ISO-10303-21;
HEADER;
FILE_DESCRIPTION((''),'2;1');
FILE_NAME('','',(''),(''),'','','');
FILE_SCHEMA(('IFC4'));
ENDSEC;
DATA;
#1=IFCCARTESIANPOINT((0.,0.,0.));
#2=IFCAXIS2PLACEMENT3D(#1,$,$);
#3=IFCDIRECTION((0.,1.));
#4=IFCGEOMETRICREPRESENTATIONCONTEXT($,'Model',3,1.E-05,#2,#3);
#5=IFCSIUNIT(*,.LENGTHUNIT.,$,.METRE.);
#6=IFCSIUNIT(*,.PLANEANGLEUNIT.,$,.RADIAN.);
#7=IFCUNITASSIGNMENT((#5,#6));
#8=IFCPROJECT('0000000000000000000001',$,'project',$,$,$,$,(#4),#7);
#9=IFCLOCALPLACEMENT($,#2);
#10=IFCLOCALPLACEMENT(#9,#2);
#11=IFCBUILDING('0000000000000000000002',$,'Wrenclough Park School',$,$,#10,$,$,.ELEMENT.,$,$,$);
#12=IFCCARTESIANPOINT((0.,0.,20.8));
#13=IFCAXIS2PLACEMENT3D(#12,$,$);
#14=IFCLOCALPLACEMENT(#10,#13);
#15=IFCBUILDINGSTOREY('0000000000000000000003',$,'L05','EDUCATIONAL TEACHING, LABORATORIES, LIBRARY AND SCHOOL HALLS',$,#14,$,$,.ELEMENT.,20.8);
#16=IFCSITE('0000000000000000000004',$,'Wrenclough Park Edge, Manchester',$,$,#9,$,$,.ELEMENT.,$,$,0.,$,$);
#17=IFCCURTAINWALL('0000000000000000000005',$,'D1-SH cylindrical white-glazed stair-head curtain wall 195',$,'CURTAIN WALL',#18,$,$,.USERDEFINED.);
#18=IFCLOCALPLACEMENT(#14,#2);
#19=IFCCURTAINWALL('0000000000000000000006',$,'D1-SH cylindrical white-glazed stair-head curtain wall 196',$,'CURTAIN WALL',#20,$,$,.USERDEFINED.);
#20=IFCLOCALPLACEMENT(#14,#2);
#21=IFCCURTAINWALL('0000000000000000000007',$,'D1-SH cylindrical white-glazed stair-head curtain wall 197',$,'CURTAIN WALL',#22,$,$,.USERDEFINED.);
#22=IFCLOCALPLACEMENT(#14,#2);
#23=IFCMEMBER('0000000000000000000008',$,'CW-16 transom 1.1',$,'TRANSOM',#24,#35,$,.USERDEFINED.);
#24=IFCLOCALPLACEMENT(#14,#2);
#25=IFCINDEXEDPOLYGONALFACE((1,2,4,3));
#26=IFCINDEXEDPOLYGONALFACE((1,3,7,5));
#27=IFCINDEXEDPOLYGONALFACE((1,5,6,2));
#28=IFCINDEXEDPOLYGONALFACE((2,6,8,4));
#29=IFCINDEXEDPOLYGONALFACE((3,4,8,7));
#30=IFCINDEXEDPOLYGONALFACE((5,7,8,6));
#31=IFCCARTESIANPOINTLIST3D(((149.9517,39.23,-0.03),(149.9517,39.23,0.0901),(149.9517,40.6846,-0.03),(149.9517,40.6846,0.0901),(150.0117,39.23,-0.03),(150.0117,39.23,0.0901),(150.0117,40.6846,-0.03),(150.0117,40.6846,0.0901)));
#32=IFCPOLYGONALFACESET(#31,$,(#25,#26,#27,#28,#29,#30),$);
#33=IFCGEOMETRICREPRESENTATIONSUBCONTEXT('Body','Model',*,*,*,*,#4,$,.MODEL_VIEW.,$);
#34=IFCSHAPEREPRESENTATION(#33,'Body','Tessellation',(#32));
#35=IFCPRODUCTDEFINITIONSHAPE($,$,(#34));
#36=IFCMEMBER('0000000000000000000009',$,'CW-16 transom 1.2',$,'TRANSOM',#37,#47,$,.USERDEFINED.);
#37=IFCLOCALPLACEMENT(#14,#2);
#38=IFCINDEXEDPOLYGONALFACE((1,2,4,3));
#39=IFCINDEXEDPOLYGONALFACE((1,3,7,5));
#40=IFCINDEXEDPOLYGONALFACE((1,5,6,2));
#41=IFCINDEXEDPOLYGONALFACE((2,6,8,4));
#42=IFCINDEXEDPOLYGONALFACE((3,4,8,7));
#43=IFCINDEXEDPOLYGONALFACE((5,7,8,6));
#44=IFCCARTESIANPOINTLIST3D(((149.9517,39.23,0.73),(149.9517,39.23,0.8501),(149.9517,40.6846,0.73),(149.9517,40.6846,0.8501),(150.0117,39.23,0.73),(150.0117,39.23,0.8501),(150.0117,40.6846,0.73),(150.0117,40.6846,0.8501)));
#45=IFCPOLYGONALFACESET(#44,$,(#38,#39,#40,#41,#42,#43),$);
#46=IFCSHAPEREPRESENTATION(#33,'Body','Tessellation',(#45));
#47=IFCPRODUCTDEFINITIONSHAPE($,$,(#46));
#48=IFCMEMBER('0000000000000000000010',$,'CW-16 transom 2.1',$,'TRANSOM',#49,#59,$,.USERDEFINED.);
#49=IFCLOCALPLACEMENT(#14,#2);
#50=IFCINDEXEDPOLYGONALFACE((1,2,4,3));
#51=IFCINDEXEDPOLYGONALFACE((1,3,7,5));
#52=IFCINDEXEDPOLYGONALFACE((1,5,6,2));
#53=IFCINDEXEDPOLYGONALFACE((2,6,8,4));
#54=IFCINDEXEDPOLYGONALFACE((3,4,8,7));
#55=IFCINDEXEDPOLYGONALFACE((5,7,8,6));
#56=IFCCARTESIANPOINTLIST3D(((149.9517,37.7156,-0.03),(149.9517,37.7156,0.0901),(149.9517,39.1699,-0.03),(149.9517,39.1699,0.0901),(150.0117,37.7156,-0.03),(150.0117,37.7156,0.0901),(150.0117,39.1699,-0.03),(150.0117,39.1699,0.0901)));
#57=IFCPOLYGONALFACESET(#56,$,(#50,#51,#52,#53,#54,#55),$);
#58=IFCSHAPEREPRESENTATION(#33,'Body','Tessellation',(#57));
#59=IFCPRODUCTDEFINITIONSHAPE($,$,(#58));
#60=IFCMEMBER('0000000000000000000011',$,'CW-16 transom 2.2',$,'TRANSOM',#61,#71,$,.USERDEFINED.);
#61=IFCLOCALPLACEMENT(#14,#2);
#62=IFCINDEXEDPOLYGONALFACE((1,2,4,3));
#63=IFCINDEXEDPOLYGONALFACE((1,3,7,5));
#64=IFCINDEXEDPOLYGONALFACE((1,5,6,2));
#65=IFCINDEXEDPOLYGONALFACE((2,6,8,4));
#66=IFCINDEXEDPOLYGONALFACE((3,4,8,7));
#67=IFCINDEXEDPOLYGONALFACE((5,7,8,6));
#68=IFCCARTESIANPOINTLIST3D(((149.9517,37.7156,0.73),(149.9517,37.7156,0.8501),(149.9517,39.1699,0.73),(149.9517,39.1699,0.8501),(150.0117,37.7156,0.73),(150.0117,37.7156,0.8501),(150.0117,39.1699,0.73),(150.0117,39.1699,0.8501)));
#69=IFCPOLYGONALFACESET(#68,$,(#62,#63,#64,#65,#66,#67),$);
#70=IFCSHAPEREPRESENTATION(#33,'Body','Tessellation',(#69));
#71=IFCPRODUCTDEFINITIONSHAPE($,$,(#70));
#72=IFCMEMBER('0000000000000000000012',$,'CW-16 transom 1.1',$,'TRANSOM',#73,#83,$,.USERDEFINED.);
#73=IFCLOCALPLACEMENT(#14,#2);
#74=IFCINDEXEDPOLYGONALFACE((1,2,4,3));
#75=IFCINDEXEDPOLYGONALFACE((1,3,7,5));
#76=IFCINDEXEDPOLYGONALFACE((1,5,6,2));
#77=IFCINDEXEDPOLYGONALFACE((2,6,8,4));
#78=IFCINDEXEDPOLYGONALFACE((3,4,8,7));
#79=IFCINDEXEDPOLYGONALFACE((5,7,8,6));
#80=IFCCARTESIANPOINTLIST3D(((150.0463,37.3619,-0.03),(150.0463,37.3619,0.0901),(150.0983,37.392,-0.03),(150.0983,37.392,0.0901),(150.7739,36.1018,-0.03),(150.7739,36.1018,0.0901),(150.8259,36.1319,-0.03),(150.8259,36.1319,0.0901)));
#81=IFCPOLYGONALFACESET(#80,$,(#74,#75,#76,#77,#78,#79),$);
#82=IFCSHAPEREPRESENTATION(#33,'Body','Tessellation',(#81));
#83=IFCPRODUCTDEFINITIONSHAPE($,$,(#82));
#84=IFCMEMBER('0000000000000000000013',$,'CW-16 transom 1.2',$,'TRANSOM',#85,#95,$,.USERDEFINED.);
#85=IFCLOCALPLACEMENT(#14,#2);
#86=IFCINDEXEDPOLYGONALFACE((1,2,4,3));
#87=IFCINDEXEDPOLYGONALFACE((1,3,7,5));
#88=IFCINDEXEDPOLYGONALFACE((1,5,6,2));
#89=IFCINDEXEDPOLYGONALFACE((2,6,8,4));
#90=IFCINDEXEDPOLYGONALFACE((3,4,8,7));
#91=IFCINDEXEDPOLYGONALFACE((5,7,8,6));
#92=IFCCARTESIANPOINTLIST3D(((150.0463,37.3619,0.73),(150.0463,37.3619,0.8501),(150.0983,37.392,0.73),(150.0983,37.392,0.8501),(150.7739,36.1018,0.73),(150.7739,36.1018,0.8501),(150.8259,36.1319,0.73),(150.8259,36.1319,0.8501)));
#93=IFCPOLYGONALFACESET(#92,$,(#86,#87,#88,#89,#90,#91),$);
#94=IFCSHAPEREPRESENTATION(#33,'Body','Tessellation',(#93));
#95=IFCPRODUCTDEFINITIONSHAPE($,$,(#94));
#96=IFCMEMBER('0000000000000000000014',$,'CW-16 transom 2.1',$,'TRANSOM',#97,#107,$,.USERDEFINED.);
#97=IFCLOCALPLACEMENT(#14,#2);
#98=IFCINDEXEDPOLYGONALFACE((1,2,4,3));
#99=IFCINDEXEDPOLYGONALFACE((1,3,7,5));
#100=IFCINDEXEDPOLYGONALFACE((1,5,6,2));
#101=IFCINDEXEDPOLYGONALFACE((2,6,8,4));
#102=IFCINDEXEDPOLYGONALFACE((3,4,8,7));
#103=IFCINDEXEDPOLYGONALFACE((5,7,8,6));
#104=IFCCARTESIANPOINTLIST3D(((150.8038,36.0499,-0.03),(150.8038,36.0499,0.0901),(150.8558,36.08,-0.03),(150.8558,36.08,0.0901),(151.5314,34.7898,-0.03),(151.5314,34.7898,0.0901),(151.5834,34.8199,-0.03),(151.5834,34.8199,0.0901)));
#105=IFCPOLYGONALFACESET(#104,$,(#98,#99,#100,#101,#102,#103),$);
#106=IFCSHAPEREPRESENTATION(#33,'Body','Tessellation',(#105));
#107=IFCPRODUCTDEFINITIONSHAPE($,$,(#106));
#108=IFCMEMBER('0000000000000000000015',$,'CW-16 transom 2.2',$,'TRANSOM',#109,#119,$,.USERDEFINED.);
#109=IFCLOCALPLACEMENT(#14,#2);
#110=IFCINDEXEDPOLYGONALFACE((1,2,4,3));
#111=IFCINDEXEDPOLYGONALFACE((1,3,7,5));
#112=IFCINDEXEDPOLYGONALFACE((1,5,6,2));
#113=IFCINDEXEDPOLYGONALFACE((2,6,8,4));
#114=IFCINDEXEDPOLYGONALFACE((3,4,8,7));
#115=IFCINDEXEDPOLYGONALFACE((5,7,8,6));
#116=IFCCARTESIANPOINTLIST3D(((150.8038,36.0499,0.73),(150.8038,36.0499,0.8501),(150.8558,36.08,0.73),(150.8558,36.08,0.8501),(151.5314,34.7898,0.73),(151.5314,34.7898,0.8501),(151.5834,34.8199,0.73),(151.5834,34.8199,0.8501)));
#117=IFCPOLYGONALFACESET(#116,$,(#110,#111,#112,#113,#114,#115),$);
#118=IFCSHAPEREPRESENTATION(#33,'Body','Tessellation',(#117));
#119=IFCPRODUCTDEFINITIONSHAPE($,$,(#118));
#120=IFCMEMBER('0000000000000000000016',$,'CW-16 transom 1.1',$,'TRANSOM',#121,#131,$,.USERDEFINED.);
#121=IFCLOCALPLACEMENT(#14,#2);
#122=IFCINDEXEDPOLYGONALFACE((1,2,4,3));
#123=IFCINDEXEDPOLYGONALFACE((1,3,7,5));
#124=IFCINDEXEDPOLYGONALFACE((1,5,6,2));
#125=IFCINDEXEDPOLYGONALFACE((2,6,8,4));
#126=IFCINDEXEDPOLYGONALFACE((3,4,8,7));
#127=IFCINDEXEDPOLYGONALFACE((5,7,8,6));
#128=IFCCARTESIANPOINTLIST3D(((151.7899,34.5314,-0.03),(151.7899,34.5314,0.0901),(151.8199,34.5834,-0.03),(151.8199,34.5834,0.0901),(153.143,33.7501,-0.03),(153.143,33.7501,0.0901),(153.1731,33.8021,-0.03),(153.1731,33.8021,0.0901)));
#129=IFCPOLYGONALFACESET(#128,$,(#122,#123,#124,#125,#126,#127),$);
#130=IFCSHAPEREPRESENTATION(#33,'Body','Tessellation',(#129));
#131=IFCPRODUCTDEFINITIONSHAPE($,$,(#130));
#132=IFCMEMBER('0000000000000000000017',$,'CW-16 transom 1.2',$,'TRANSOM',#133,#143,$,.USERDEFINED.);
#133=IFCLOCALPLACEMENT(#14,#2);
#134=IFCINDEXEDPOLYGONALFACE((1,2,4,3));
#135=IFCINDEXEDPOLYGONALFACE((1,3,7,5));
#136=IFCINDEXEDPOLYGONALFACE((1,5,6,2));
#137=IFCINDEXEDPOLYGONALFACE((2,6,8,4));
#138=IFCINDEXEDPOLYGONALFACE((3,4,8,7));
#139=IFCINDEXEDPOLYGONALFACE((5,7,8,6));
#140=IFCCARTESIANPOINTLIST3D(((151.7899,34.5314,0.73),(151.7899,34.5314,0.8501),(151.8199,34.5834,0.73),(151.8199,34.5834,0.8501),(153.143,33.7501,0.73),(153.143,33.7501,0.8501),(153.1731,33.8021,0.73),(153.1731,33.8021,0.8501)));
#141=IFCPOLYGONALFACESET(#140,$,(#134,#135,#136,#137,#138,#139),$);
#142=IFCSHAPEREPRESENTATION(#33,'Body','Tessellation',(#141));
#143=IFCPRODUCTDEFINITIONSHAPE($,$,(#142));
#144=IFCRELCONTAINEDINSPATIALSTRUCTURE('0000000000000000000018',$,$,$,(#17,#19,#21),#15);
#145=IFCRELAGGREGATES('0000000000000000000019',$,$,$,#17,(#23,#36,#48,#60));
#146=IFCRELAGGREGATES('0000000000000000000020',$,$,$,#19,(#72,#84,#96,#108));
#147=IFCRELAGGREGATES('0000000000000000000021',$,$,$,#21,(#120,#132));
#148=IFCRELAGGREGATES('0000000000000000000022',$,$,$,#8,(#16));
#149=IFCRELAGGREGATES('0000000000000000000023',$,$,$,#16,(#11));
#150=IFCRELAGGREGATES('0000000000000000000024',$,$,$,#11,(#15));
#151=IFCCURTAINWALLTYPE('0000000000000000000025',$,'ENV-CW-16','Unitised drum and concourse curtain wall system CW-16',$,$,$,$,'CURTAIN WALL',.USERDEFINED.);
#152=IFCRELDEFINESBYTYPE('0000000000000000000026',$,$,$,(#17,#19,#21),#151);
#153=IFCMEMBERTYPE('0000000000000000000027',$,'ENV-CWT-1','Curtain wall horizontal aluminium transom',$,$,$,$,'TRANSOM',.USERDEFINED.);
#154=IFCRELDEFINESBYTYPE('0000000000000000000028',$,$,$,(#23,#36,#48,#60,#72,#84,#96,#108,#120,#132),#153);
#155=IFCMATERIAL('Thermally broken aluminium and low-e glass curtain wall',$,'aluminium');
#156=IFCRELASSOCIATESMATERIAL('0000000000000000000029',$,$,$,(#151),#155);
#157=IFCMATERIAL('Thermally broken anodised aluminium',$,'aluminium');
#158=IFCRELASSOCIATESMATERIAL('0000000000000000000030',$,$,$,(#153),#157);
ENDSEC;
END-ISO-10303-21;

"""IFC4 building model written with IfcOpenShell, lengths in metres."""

from ifc_helpers import new_model, si_unit, direction, frame, origin, origin_2d, place, context, subcontext, project, spatial, rectangle, extrude, material, material_profile, profile_set, type_object, element, aggregate, save


model = new_model("IFC4")

# Units and contexts
model_context = context("Model", 3, precision=1e-05, world=origin(), true_north=direction((0.0, 1.0)))
body_context = subcontext(model_context, "Body", "Model", "MODEL_VIEW")
ifc_project = project(units=[si_unit("LENGTHUNIT", "METRE"), si_unit("PLANEANGLEUNIT", "RADIAN")], contexts=[model_context])

# Site, building, storey
site_placement = place(None, origin())
site = spatial("IfcSite", under=ifc_project, at=site_placement, Name="Wrenclough Park Edge, Manchester", CompositionType="ELEMENT", RefElevation=0.0)
building_placement = place(site_placement, origin())
building = spatial("IfcBuilding", under=site, at=building_placement, Name="Wrenclough Park School", CompositionType="ELEMENT")
storey_placement = place(building_placement, frame((0.0, 0.0, 20.8)))
storey = spatial("IfcBuildingStorey", under=building, at=storey_placement, Name="L05", Description="EDUCATIONAL TEACHING, LABORATORIES, LIBRARY AND SCHOOL HALLS", CompositionType="ELEMENT", Elevation=20.8)

# Curtain walls
ifc_material_1 = material(Name="Thermally broken aluminium and low-e glass curtain wall", Category="aluminium")
curtain_wall_type = type_object("IfcCurtainWallType", Name="ENV-CW-16", Description="Unitised drum and concourse curtain wall system CW-16", ElementType="CURTAIN WALL", PredefinedType="USERDEFINED", material=ifc_material_1)
curtain_wall_1_placement = place(storey_placement, origin())
curtain_wall_1 = element("IfcCurtainWall", 1, at=curtain_wall_1_placement, inside=storey, type_object=curtain_wall_type, Name="D1-SH cylindrical white-glazed stair-head curtain wall 195", ObjectType="CURTAIN WALL", PredefinedType="USERDEFINED")
ifc_material_2 = material(Name="Thermally broken anodised aluminium", Category="aluminium")
curtain_wall_2_placement = place(storey_placement, origin())
curtain_wall_2 = element("IfcCurtainWall", 2, at=curtain_wall_2_placement, inside=storey, type_object=curtain_wall_type, Name="D1-SH cylindrical white-glazed stair-head curtain wall 196", ObjectType="CURTAIN WALL", PredefinedType="USERDEFINED")

# Curtain wall
curtain_wall_3_placement = place(storey_placement, origin())
curtain_wall_3 = element("IfcCurtainWall", 3, at=curtain_wall_3_placement, inside=storey, type_object=curtain_wall_type, Name="D1-SH cylindrical white-glazed stair-head curtain wall 197", ObjectType="CURTAIN WALL", PredefinedType="USERDEFINED")

# Members
ifc_material_profile_1 = material_profile(ifc_material_2, rectangle(XDim=0.0601, YDim=0.1201, at=origin_2d()), Name="AL TRANSOM 60x120")
ifc_profile_set_1 = profile_set([ifc_material_profile_1], Name="Thermally broken anodised aluminium")
member_type_1 = type_object("IfcMemberType", Name="ENV-CWT-1", Description="Curtain wall horizontal aluminium transom", ElementType="TRANSOM", PredefinedType="USERDEFINED", material=ifc_profile_set_1)
member_1_placement = place(storey_placement, frame((149.9817, 40.6846, 0.03), z_axis=(0.0, -1.0, 0.0), x_axis=(1.0, 0.0, 0.0)))
member_1 = element("IfcMember", 4, at=member_1_placement, type_object=member_type_1, Name="CW-16 transom 1.1", ObjectType="TRANSOM", PredefinedType="USERDEFINED", context=body_context, shape_type="SweptSolid", body=[
    extrude(rectangle(XDim=0.0601, YDim=0.1201, at=origin_2d()), origin(), (0.0, 0.0, 1.0), 1.4546),
])
member_2_placement = place(storey_placement, frame((149.9817, 40.6846, 0.79), z_axis=(0.0, -1.0, 0.0), x_axis=(1.0, 0.0, 0.0)))
member_2 = element("IfcMember", 5, at=member_2_placement, type_object=member_type_1, Name="CW-16 transom 1.2", ObjectType="TRANSOM", PredefinedType="USERDEFINED", context=body_context, shape_type="SweptSolid", body=[
    extrude(rectangle(XDim=0.0601, YDim=0.1201, at=origin_2d()), origin(), (0.0, 0.0, 1.0), 1.4546),
])
member_3_placement = place(storey_placement, frame((149.9817, 39.1699, 0.03), z_axis=(0.0, -1.0, 0.0), x_axis=(1.0, 0.0, 0.0)))
member_3 = element("IfcMember", 6, at=member_3_placement, type_object=member_type_1, Name="CW-16 transom 2.1", ObjectType="TRANSOM", PredefinedType="USERDEFINED", context=body_context, shape_type="SweptSolid", body=[
    extrude(rectangle(XDim=0.0601, YDim=0.1201, at=origin_2d()), origin(), (0.0, 0.0, 1.0), 1.4543),
])
member_4_placement = place(storey_placement, frame((149.9817, 39.1699, 0.79), z_axis=(0.0, -1.0, 0.0), x_axis=(1.0, 0.0, 0.0)))
member_4 = element("IfcMember", 7, at=member_4_placement, type_object=member_type_1, Name="CW-16 transom 2.2", ObjectType="TRANSOM", PredefinedType="USERDEFINED", context=body_context, shape_type="SweptSolid", body=[
    extrude(rectangle(XDim=0.0601, YDim=0.1201, at=origin_2d()), origin(), (0.0, 0.0, 1.0), 1.4543),
])
member_5_placement = place(storey_placement, frame((150.0723, 37.377, 0.03), z_axis=(0.500037, -0.866004, 0.0), x_axis=(0.866004, 0.500037, 0.0)))
member_5 = element("IfcMember", 8, at=member_5_placement, type_object=member_type_1, Name="CW-16 transom 1.1", ObjectType="TRANSOM", PredefinedType="USERDEFINED", context=body_context, shape_type="SweptSolid", body=[
    extrude(rectangle(XDim=0.0601, YDim=0.1201, at=origin_2d()), origin(), (0.0, 0.0, 1.0), 1.4551),
])
member_6_placement = place(storey_placement, frame((150.0723, 37.377, 0.79), z_axis=(0.500037, -0.866004, 0.0), x_axis=(0.866004, 0.500037, 0.0)))
member_6 = element("IfcMember", 9, at=member_6_placement, type_object=member_type_1, Name="CW-16 transom 1.2", ObjectType="TRANSOM", PredefinedType="USERDEFINED", context=body_context, shape_type="SweptSolid", body=[
    extrude(rectangle(XDim=0.0601, YDim=0.1201, at=origin_2d()), origin(), (0.0, 0.0, 1.0), 1.4551),
])
member_7_placement = place(storey_placement, frame((150.8298, 36.0649, 0.03), z_axis=(0.500037, -0.866004, 0.0), x_axis=(0.866004, 0.500037, 0.0)))
member_7 = element("IfcMember", 10, at=member_7_placement, type_object=member_type_1, Name="CW-16 transom 2.1", ObjectType="TRANSOM", PredefinedType="USERDEFINED", context=body_context, shape_type="SweptSolid", body=[
    extrude(rectangle(XDim=0.0601, YDim=0.1201, at=origin_2d()), origin(), (0.0, 0.0, 1.0), 1.4551),
])
member_8_placement = place(storey_placement, frame((150.8298, 36.0649, 0.79), z_axis=(0.500037, -0.866004, 0.0), x_axis=(0.866004, 0.500037, 0.0)))
member_8 = element("IfcMember", 11, at=member_8_placement, type_object=member_type_1, Name="CW-16 transom 2.2", ObjectType="TRANSOM", PredefinedType="USERDEFINED", context=body_context, shape_type="SweptSolid", body=[
    extrude(rectangle(XDim=0.0601, YDim=0.1201, at=origin_2d()), origin(), (0.0, 0.0, 1.0), 1.4551),
])
member_9_placement = place(storey_placement, frame((151.8049, 34.5574, 0.03), z_axis=(0.866003, -0.500038, 0.0), x_axis=(0.500038, 0.866003, 0.0)))
member_9 = element("IfcMember", 12, at=member_9_placement, type_object=member_type_1, Name="CW-16 transom 1.1", ObjectType="TRANSOM", PredefinedType="USERDEFINED", context=body_context, shape_type="SweptSolid", body=[
    extrude(rectangle(XDim=0.0601, YDim=0.1201, at=origin_2d()), origin(), (0.0, 0.0, 1.0), 1.5625),
])
member_10_placement = place(storey_placement, frame((151.8049, 34.5574, 0.79), z_axis=(0.866003, -0.500038, 0.0), x_axis=(0.500038, 0.866003, 0.0)))
member_10 = element("IfcMember", 13, at=member_10_placement, type_object=member_type_1, Name="CW-16 transom 1.2", ObjectType="TRANSOM", PredefinedType="USERDEFINED", context=body_context, shape_type="SweptSolid", body=[
    extrude(rectangle(XDim=0.0601, YDim=0.1201, at=origin_2d()), origin(), (0.0, 0.0, 1.0), 1.5625),
])

aggregate(curtain_wall_1, [member_1, member_2, member_3, member_4])
aggregate(curtain_wall_2, [member_5, member_6, member_7, member_8])
aggregate(curtain_wall_3, [member_9, member_10])

save(model, "model.ifc")
